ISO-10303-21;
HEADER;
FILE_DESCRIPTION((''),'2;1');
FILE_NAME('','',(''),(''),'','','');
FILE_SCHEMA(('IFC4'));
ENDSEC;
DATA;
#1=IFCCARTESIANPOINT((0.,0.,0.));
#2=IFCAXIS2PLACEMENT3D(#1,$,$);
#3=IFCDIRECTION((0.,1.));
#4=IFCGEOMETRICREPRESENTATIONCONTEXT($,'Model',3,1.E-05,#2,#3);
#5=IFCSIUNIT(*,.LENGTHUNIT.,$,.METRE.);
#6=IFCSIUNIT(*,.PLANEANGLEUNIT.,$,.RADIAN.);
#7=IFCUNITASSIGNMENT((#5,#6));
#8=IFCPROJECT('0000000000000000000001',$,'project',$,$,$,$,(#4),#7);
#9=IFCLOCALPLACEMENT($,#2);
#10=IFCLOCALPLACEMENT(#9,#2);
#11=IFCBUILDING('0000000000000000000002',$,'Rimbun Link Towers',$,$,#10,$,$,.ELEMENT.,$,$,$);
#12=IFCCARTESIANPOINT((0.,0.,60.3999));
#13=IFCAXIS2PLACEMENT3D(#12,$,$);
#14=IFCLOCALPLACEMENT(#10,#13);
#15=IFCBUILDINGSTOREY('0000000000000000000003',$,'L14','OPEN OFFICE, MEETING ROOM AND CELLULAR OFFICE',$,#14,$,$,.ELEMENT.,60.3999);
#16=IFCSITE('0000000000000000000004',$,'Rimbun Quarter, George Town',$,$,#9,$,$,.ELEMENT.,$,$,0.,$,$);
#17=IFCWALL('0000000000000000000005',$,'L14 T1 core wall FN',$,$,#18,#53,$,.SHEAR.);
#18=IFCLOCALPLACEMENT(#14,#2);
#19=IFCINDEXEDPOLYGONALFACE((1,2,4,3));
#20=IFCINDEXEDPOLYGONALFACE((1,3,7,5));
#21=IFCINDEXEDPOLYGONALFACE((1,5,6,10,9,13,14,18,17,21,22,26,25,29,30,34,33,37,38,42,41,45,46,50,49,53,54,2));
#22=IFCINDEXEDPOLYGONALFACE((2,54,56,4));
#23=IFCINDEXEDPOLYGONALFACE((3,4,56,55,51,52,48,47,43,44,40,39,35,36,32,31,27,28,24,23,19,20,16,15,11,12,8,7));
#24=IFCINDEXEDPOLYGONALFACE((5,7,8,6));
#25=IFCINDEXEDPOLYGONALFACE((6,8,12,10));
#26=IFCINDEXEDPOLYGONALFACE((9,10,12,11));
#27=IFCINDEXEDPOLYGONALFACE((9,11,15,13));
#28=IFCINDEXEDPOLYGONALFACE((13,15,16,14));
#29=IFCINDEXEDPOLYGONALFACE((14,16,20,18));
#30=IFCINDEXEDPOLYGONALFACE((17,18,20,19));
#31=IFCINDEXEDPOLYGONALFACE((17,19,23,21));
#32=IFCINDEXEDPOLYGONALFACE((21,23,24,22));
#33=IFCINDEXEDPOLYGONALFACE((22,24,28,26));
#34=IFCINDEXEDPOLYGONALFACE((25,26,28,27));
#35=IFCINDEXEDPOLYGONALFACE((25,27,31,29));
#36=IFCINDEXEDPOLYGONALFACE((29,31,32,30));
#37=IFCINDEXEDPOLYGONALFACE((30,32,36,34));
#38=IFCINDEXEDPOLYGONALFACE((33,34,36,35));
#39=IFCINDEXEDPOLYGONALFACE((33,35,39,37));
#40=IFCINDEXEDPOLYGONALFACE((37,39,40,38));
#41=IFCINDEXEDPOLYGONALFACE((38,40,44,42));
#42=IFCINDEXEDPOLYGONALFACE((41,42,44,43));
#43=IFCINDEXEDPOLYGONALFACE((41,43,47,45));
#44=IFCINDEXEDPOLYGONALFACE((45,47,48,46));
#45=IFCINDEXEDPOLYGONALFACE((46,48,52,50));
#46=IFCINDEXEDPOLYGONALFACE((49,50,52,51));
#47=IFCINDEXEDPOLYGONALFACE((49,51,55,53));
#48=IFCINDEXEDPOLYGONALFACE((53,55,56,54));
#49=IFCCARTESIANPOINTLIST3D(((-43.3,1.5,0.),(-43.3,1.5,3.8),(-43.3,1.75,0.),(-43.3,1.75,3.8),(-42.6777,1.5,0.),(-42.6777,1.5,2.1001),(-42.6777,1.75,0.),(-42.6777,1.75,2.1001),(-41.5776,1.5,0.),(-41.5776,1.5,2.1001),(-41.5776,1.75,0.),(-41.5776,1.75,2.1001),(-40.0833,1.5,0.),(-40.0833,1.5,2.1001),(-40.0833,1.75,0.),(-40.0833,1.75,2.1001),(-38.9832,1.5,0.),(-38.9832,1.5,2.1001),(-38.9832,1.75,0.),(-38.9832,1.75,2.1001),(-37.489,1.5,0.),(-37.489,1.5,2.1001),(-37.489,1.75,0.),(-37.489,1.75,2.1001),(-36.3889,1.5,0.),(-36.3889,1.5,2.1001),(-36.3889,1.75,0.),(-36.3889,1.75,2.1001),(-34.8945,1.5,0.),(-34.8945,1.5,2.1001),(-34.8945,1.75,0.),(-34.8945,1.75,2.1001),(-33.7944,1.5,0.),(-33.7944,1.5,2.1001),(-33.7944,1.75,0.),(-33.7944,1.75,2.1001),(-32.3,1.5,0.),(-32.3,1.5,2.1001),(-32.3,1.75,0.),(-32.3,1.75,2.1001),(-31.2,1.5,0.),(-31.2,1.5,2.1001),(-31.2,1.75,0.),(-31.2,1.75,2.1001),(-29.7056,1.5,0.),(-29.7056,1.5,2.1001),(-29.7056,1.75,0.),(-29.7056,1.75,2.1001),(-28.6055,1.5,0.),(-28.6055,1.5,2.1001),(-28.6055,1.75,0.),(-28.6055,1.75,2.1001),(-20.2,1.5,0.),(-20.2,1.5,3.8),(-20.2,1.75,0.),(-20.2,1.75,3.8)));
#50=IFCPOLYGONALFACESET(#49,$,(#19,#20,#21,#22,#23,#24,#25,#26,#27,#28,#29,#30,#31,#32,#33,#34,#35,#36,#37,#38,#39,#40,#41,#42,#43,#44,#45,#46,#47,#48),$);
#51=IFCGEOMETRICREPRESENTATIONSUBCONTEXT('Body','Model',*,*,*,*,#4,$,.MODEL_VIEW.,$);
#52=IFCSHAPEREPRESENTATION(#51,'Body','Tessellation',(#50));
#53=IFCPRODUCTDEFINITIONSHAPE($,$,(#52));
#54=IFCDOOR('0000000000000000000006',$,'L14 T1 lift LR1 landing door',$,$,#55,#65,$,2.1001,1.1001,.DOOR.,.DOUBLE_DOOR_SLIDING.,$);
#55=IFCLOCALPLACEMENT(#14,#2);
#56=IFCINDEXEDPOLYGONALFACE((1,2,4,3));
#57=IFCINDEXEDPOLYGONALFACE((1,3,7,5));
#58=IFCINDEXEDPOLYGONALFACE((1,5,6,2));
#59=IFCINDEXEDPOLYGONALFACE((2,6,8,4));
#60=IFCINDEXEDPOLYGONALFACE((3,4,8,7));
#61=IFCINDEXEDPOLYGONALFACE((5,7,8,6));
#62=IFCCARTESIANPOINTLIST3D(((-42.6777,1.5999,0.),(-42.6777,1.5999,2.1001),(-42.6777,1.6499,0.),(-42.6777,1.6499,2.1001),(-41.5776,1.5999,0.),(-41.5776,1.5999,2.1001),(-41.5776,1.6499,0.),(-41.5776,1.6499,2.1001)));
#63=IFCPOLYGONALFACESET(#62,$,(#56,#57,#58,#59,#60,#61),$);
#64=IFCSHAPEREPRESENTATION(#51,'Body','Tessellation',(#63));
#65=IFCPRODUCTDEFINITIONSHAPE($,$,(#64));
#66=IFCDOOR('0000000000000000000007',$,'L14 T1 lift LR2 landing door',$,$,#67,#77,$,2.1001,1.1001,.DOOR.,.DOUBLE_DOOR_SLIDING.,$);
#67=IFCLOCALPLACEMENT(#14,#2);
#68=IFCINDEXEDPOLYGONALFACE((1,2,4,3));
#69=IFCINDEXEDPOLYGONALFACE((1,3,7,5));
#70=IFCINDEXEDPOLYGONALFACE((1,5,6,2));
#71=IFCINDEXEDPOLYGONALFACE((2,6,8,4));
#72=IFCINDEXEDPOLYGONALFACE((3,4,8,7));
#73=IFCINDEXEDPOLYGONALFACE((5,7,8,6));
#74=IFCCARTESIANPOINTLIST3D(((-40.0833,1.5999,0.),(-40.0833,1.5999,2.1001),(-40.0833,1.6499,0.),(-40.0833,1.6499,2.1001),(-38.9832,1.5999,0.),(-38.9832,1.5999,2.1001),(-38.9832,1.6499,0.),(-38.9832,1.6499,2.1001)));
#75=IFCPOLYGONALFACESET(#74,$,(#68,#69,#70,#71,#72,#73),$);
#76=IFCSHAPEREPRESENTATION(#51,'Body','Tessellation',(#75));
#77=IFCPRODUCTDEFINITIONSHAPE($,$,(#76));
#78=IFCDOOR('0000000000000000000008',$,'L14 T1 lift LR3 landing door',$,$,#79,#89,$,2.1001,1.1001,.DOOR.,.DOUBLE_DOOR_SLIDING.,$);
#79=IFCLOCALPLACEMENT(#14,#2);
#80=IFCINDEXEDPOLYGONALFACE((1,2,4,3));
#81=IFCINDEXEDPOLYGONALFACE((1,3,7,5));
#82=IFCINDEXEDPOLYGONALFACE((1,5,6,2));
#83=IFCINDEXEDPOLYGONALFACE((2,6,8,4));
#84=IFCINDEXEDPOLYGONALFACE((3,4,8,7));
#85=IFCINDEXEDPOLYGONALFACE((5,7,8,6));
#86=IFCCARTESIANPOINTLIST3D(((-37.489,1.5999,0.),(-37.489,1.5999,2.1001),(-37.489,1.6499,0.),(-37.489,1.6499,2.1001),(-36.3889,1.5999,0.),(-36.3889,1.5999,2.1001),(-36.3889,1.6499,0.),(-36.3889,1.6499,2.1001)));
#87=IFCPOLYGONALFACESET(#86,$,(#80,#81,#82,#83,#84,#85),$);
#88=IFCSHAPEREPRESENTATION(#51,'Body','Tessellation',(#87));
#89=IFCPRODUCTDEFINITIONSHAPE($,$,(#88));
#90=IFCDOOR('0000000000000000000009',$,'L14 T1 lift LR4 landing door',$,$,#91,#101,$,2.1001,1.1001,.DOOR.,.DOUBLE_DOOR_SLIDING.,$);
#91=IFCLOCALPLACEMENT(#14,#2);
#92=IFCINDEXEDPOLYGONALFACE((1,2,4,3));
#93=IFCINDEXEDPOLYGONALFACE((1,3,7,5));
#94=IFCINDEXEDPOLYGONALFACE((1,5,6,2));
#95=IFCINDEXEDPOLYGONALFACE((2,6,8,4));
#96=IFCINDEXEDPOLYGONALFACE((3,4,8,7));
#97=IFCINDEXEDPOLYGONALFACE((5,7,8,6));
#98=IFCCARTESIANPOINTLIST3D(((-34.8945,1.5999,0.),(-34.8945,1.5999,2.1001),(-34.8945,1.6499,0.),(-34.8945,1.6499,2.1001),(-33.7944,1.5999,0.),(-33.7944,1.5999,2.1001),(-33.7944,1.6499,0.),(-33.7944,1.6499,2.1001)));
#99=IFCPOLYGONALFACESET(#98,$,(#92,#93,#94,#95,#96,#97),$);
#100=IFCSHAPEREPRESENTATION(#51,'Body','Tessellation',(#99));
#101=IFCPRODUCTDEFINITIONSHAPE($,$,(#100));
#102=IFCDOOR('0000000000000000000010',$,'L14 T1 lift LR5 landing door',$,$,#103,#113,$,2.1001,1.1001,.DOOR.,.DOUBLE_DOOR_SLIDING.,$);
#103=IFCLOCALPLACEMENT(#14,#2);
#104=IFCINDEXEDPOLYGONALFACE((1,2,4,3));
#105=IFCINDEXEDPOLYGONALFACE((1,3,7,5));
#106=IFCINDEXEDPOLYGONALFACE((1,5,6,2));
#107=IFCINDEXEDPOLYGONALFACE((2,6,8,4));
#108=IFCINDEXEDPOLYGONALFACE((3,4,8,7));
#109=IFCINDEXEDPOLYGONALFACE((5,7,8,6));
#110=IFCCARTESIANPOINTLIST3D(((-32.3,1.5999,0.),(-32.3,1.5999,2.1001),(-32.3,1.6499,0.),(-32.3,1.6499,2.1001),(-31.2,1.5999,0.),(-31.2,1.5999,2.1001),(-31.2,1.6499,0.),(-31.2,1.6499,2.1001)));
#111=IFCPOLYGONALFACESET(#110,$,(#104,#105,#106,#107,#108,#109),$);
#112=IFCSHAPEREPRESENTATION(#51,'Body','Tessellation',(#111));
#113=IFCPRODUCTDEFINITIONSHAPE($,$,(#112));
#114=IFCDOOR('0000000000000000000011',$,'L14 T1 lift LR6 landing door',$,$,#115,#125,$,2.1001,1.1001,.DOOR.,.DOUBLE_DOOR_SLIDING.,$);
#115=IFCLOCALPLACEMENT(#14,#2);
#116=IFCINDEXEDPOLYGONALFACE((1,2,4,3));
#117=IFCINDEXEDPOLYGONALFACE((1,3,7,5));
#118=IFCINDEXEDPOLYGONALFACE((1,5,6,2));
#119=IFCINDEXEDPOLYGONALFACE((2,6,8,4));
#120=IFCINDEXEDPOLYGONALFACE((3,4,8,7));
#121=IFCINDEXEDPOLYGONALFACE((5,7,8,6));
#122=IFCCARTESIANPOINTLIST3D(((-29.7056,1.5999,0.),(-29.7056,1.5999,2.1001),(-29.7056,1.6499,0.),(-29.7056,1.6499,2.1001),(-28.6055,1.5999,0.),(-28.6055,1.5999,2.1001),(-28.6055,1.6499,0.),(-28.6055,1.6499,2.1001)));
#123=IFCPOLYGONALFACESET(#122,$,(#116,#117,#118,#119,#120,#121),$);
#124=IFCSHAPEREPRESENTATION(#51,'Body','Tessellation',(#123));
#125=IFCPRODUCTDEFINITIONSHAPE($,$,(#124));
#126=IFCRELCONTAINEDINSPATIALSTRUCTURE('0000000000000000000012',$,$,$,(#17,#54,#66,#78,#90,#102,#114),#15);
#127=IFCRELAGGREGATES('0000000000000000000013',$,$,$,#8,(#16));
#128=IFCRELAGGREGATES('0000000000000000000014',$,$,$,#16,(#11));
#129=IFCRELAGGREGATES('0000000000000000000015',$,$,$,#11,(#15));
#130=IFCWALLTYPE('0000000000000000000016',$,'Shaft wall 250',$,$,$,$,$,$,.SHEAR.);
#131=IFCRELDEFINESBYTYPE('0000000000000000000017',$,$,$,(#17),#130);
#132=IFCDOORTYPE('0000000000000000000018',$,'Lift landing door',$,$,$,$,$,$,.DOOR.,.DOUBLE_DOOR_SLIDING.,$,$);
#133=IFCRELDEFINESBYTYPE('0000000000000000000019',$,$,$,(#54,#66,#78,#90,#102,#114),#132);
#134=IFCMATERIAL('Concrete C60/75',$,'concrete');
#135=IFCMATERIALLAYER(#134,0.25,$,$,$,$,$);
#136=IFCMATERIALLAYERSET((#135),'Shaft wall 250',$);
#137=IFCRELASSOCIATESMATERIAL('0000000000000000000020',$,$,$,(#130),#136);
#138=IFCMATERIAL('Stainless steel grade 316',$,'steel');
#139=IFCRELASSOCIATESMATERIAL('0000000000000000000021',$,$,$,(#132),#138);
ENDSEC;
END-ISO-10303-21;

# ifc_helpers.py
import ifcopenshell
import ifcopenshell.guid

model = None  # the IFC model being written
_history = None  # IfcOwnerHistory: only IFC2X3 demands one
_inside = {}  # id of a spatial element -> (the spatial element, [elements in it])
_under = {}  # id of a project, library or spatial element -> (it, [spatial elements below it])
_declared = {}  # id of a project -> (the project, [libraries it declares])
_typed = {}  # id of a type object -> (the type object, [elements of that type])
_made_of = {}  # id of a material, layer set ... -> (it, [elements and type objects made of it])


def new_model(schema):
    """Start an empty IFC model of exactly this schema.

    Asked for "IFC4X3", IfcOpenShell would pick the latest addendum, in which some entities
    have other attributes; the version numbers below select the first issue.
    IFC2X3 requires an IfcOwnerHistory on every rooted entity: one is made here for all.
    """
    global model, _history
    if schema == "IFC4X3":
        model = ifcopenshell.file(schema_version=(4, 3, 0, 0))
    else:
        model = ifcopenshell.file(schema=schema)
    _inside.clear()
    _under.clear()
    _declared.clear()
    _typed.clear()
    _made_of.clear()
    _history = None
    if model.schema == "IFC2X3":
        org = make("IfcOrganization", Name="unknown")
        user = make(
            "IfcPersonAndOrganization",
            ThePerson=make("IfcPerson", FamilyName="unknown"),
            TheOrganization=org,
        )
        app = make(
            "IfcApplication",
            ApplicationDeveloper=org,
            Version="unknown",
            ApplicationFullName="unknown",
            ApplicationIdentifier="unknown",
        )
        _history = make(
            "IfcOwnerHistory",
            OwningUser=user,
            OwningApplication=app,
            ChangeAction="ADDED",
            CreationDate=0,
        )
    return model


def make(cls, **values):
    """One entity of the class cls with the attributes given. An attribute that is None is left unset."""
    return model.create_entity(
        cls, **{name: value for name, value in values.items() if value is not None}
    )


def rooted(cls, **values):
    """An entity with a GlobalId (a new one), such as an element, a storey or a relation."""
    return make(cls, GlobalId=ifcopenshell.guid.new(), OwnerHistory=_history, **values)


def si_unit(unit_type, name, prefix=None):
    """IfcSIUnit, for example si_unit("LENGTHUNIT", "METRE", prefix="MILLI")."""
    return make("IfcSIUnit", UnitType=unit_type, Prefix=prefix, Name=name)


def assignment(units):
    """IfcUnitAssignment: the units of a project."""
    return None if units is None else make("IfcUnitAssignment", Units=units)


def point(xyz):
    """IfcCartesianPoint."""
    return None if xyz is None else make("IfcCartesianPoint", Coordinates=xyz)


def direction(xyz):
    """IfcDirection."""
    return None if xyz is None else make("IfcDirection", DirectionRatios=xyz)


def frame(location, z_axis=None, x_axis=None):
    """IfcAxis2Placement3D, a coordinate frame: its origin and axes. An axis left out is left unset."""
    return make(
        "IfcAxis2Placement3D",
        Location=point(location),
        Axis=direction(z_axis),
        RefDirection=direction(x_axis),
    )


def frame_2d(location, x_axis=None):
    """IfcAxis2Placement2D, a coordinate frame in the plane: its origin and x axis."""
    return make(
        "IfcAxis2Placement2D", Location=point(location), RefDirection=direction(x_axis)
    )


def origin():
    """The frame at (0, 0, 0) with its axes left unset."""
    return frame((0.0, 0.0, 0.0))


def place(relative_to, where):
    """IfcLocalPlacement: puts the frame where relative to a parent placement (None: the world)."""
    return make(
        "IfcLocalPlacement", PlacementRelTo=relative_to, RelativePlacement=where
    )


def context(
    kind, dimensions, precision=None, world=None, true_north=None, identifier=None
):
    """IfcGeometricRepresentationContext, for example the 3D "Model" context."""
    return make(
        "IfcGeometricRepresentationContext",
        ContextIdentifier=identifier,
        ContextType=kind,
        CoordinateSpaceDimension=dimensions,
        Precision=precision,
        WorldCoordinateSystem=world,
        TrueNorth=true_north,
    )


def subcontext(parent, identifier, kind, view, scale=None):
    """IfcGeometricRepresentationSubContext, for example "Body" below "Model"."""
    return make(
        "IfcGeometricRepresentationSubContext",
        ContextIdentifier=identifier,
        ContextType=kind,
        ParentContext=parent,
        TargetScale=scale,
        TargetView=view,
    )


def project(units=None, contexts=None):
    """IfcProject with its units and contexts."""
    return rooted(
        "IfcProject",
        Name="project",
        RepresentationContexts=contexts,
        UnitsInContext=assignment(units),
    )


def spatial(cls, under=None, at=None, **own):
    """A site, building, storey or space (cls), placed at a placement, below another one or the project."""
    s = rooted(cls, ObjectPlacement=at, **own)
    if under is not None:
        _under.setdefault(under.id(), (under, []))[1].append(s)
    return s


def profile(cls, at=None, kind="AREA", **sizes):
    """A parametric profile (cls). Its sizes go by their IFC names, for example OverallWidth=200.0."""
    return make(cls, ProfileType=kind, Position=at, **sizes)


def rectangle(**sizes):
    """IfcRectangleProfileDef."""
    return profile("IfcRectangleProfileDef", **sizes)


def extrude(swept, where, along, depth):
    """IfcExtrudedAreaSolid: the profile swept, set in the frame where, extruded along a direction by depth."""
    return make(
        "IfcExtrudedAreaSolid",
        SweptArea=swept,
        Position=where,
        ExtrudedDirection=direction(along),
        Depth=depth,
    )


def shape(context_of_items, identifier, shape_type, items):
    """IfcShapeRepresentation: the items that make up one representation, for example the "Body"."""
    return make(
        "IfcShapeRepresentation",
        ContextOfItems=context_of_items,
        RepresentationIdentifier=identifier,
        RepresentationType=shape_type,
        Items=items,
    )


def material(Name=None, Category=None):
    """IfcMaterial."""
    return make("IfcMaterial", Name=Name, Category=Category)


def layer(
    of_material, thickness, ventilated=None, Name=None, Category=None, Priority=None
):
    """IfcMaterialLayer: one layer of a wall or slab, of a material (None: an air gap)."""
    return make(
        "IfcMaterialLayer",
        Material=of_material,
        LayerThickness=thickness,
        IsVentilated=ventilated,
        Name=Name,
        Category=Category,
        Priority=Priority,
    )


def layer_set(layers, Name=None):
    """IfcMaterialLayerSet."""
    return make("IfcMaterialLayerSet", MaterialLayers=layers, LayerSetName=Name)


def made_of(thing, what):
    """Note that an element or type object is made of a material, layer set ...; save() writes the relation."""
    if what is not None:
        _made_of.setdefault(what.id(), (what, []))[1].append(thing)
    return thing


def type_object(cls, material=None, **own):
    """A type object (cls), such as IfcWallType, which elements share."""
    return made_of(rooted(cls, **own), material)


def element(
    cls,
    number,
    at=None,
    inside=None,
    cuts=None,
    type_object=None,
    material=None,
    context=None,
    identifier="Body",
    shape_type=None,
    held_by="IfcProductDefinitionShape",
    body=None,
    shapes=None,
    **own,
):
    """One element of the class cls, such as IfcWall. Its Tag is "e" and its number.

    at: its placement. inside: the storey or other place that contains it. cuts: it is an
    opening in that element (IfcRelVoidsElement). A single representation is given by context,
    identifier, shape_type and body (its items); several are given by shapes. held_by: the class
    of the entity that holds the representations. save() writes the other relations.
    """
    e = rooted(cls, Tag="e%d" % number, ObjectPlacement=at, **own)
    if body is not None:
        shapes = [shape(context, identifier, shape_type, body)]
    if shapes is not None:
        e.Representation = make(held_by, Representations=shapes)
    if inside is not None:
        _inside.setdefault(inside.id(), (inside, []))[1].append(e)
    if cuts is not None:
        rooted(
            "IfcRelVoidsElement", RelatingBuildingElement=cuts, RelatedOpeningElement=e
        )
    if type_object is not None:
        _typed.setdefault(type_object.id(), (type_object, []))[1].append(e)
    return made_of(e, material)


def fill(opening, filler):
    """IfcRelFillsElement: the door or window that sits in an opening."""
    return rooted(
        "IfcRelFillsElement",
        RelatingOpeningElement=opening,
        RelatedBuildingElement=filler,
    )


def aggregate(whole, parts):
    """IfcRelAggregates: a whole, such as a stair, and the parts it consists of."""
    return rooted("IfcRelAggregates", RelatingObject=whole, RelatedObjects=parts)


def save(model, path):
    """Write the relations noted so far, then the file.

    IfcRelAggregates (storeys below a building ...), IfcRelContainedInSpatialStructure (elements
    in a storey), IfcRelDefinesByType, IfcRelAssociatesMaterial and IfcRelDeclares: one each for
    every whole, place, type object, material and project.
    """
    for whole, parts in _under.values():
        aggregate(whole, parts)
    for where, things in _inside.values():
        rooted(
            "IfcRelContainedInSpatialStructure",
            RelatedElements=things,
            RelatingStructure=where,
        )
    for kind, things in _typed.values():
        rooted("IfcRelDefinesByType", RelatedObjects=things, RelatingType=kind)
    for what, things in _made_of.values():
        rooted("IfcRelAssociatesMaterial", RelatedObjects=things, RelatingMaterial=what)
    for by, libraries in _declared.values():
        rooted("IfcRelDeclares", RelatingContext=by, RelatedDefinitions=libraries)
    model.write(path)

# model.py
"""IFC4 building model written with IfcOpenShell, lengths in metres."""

from ifc_helpers import new_model, si_unit, direction, frame, frame_2d, origin, place, context, subcontext, project, spatial, rectangle, extrude, material, layer, layer_set, type_object, element, fill, save


model = new_model("IFC4")

# Units and contexts
model_context = context("Model", 3, precision=1e-05, world=origin(), true_north=direction((0.0, 1.0)))
body_context = subcontext(model_context, "Body", "Model", "MODEL_VIEW")
ifc_project = project(units=[si_unit("LENGTHUNIT", "METRE"), si_unit("PLANEANGLEUNIT", "RADIAN")], contexts=[model_context])

# Site, building, storey
site_placement = place(None, origin())
site = spatial("IfcSite", under=ifc_project, at=site_placement, Name="Rimbun Quarter, George Town", CompositionType="ELEMENT", RefElevation=0.0)
building_placement = place(site_placement, origin())
building = spatial("IfcBuilding", under=site, at=building_placement, Name="Rimbun Link Towers", CompositionType="ELEMENT")
storey_placement = place(building_placement, frame((0.0, 0.0, 60.3999)))
storey = spatial("IfcBuildingStorey", under=building, at=storey_placement, Name="L14", Description="OPEN OFFICE, MEETING ROOM AND CELLULAR OFFICE", CompositionType="ELEMENT", Elevation=60.3999)

# Wall, openings, doors
ifc_material_1 = material(Name="Concrete C60/75", Category="concrete")
ifc_layer_1 = layer(ifc_material_1, 0.25)
ifc_layer_set_1 = layer_set([ifc_layer_1], Name="Shaft wall 250")
wall_type_1 = type_object("IfcWallType", Name="Shaft wall 250", PredefinedType="SHEAR", material=ifc_layer_set_1)
wall_1_placement = place(storey_placement, frame((-43.3, 1.625, 0.0), z_axis=(0.0, 0.0, 1.0), x_axis=(1.0, 0.0, 0.0)))
wall_1 = element("IfcWall", 1, at=wall_1_placement, inside=storey, type_object=wall_type_1, Name="L14 T1 core wall FN", PredefinedType="SHEAR", context=body_context, shape_type="SweptSolid", body=[
    extrude(rectangle(XDim=23.1001, YDim=0.25, at=frame_2d((11.55, 0.0))), origin(), (0.0, 0.0, 1.0), 3.8),
])
opening_1_placement = place(wall_1_placement, frame((0.6223, 0.0, 0.0)))
opening_1 = element("IfcOpeningElement", 2, at=opening_1_placement, cuts=wall_1, PredefinedType="OPENING", context=body_context, shape_type="SweptSolid", body=[
    extrude(rectangle(XDim=1.1001, YDim=2.1001, at=frame_2d((0.55, 1.05))), frame((0.0, 0.135, 0.0), z_axis=(0.0, -1.0, 0.0), x_axis=(1.0, 0.0, 0.0)), (0.0, 0.0, 1.0), 0.27),
])
opening_2_placement = place(wall_1_placement, frame((3.2168, 0.0, 0.0)))
opening_2 = element("IfcOpeningElement", 3, at=opening_2_placement, cuts=wall_1, PredefinedType="OPENING", context=body_context, shape_type="SweptSolid", body=[
    extrude(rectangle(XDim=1.1001, YDim=2.1001, at=frame_2d((0.55, 1.05))), frame((0.0, 0.135, 0.0), z_axis=(0.0, -1.0, 0.0), x_axis=(1.0, 0.0, 0.0)), (0.0, 0.0, 1.0), 0.27),
])
opening_3_placement = place(wall_1_placement, frame((5.811, 0.0, 0.0)))
opening_3 = element("IfcOpeningElement", 4, at=opening_3_placement, cuts=wall_1, PredefinedType="OPENING", context=body_context, shape_type="SweptSolid", body=[
    extrude(rectangle(XDim=1.1001, YDim=2.1001, at=frame_2d((0.55, 1.05))), frame((0.0, 0.135, 0.0), z_axis=(0.0, -1.0, 0.0), x_axis=(1.0, 0.0, 0.0)), (0.0, 0.0, 1.0), 0.27),
])
opening_4_placement = place(wall_1_placement, frame((8.4055, 0.0, 0.0)))
opening_4 = element("IfcOpeningElement", 5, at=opening_4_placement, cuts=wall_1, PredefinedType="OPENING", context=body_context, shape_type="SweptSolid", body=[
    extrude(rectangle(XDim=1.1001, YDim=2.1001, at=frame_2d((0.55, 1.05))), frame((0.0, 0.135, 0.0), z_axis=(0.0, -1.0, 0.0), x_axis=(1.0, 0.0, 0.0)), (0.0, 0.0, 1.0), 0.27),
])
opening_5_placement = place(wall_1_placement, frame((11.0, 0.0, 0.0)))
opening_5 = element("IfcOpeningElement", 6, at=opening_5_placement, cuts=wall_1, PredefinedType="OPENING", context=body_context, shape_type="SweptSolid", body=[
    extrude(rectangle(XDim=1.1001, YDim=2.1001, at=frame_2d((0.55, 1.05))), frame((0.0, 0.135, 0.0), z_axis=(0.0, -1.0, 0.0), x_axis=(1.0, 0.0, 0.0)), (0.0, 0.0, 1.0), 0.27),
])
opening_6_placement = place(wall_1_placement, frame((13.5945, 0.0, 0.0)))
opening_6 = element("IfcOpeningElement", 7, at=opening_6_placement, cuts=wall_1, PredefinedType="OPENING", context=body_context, shape_type="SweptSolid", body=[
    extrude(rectangle(XDim=1.1001, YDim=2.1001, at=frame_2d((0.55, 1.05))), frame((0.0, 0.135, 0.0), z_axis=(0.0, -1.0, 0.0), x_axis=(1.0, 0.0, 0.0)), (0.0, 0.0, 1.0), 0.27),
])
ifc_material_2 = material(Name="Stainless steel grade 316", Category="steel")
door_type_1 = type_object("IfcDoorType", Name="Lift landing door", OperationType="DOUBLE_DOOR_SLIDING", PredefinedType="DOOR", material=ifc_material_2)
door_1_placement = place(opening_1_placement, origin())
door_1 = element("IfcDoor", 8, at=door_1_placement, inside=storey, type_object=door_type_1, Name="L14 T1 lift LR1 landing door", OperationType="DOUBLE_DOOR_SLIDING", OverallHeight=2.1001, OverallWidth=1.1001, PredefinedType="DOOR", context=body_context, shape_type="SweptSolid", body=[
    extrude(rectangle(XDim=1.1001, YDim=2.1001, at=frame_2d((0.55, 1.05))), frame((0.0, 0.0249, 0.0), z_axis=(0.0, -1.0, 0.0), x_axis=(1.0, 0.0, 0.0)), (0.0, 0.0, 1.0), 0.05),
])
fill(opening_1, door_1)
door_2_placement = place(opening_2_placement, origin())
door_2 = element("IfcDoor", 9, at=door_2_placement, inside=storey, type_object=door_type_1, Name="L14 T1 lift LR2 landing door", OperationType="DOUBLE_DOOR_SLIDING", OverallHeight=2.1001, OverallWidth=1.1001, PredefinedType="DOOR", context=body_context, shape_type="SweptSolid", body=[
    extrude(rectangle(XDim=1.1001, YDim=2.1001, at=frame_2d((0.55, 1.05))), frame((0.0, 0.0249, 0.0), z_axis=(0.0, -1.0, 0.0), x_axis=(1.0, 0.0, 0.0)), (0.0, 0.0, 1.0), 0.05),
])
fill(opening_2, door_2)
door_3_placement = place(opening_3_placement, origin())
door_3 = element("IfcDoor", 10, at=door_3_placement, inside=storey, type_object=door_type_1, Name="L14 T1 lift LR3 landing door", OperationType="DOUBLE_DOOR_SLIDING", OverallHeight=2.1001, OverallWidth=1.1001, PredefinedType="DOOR", context=body_context, shape_type="SweptSolid", body=[
    extrude(rectangle(XDim=1.1001, YDim=2.1001, at=frame_2d((0.55, 1.05))), frame((0.0, 0.0249, 0.0), z_axis=(0.0, -1.0, 0.0), x_axis=(1.0, 0.0, 0.0)), (0.0, 0.0, 1.0), 0.05),
])
fill(opening_3, door_3)
door_4_placement = place(opening_4_placement, origin())
door_4 = element("IfcDoor", 11, at=door_4_placement, inside=storey, type_object=door_type_1, Name="L14 T1 lift LR4 landing door", OperationType="DOUBLE_DOOR_SLIDING", OverallHeight=2.1001, OverallWidth=1.1001, PredefinedType="DOOR", context=body_context, shape_type="SweptSolid", body=[
    extrude(rectangle(XDim=1.1001, YDim=2.1001, at=frame_2d((0.55, 1.05))), frame((0.0, 0.0249, 0.0), z_axis=(0.0, -1.0, 0.0), x_axis=(1.0, 0.0, 0.0)), (0.0, 0.0, 1.0), 0.05),
])
fill(opening_4, door_4)
door_5_placement = place(opening_5_placement, origin())
door_5 = element("IfcDoor", 12, at=door_5_placement, inside=storey, type_object=door_type_1, Name="L14 T1 lift LR5 landing door", OperationType="DOUBLE_DOOR_SLIDING", OverallHeight=2.1001, OverallWidth=1.1001, PredefinedType="DOOR", context=body_context, shape_type="SweptSolid", body=[
    extrude(rectangle(XDim=1.1001, YDim=2.1001, at=frame_2d((0.55, 1.05))), frame((0.0, 0.0249, 0.0), z_axis=(0.0, -1.0, 0.0), x_axis=(1.0, 0.0, 0.0)), (0.0, 0.0, 1.0), 0.05),
])
fill(opening_5, door_5)
door_6_placement = place(opening_6_placement, origin())
door_6 = element("IfcDoor", 13, at=door_6_placement, inside=storey, type_object=door_type_1, Name="L14 T1 lift LR6 landing door", OperationType="DOUBLE_DOOR_SLIDING", OverallHeight=2.1001, OverallWidth=1.1001, PredefinedType="DOOR", context=body_context, shape_type="SweptSolid", body=[
    extrude(rectangle(XDim=1.1001, YDim=2.1001, at=frame_2d((0.55, 1.05))), frame((0.0, 0.0249, 0.0), z_axis=(0.0, -1.0, 0.0), x_axis=(1.0, 0.0, 0.0)), (0.0, 0.0, 1.0), 0.05),
])
fill(opening_6, door_6)

save(model, "model.ifc")
